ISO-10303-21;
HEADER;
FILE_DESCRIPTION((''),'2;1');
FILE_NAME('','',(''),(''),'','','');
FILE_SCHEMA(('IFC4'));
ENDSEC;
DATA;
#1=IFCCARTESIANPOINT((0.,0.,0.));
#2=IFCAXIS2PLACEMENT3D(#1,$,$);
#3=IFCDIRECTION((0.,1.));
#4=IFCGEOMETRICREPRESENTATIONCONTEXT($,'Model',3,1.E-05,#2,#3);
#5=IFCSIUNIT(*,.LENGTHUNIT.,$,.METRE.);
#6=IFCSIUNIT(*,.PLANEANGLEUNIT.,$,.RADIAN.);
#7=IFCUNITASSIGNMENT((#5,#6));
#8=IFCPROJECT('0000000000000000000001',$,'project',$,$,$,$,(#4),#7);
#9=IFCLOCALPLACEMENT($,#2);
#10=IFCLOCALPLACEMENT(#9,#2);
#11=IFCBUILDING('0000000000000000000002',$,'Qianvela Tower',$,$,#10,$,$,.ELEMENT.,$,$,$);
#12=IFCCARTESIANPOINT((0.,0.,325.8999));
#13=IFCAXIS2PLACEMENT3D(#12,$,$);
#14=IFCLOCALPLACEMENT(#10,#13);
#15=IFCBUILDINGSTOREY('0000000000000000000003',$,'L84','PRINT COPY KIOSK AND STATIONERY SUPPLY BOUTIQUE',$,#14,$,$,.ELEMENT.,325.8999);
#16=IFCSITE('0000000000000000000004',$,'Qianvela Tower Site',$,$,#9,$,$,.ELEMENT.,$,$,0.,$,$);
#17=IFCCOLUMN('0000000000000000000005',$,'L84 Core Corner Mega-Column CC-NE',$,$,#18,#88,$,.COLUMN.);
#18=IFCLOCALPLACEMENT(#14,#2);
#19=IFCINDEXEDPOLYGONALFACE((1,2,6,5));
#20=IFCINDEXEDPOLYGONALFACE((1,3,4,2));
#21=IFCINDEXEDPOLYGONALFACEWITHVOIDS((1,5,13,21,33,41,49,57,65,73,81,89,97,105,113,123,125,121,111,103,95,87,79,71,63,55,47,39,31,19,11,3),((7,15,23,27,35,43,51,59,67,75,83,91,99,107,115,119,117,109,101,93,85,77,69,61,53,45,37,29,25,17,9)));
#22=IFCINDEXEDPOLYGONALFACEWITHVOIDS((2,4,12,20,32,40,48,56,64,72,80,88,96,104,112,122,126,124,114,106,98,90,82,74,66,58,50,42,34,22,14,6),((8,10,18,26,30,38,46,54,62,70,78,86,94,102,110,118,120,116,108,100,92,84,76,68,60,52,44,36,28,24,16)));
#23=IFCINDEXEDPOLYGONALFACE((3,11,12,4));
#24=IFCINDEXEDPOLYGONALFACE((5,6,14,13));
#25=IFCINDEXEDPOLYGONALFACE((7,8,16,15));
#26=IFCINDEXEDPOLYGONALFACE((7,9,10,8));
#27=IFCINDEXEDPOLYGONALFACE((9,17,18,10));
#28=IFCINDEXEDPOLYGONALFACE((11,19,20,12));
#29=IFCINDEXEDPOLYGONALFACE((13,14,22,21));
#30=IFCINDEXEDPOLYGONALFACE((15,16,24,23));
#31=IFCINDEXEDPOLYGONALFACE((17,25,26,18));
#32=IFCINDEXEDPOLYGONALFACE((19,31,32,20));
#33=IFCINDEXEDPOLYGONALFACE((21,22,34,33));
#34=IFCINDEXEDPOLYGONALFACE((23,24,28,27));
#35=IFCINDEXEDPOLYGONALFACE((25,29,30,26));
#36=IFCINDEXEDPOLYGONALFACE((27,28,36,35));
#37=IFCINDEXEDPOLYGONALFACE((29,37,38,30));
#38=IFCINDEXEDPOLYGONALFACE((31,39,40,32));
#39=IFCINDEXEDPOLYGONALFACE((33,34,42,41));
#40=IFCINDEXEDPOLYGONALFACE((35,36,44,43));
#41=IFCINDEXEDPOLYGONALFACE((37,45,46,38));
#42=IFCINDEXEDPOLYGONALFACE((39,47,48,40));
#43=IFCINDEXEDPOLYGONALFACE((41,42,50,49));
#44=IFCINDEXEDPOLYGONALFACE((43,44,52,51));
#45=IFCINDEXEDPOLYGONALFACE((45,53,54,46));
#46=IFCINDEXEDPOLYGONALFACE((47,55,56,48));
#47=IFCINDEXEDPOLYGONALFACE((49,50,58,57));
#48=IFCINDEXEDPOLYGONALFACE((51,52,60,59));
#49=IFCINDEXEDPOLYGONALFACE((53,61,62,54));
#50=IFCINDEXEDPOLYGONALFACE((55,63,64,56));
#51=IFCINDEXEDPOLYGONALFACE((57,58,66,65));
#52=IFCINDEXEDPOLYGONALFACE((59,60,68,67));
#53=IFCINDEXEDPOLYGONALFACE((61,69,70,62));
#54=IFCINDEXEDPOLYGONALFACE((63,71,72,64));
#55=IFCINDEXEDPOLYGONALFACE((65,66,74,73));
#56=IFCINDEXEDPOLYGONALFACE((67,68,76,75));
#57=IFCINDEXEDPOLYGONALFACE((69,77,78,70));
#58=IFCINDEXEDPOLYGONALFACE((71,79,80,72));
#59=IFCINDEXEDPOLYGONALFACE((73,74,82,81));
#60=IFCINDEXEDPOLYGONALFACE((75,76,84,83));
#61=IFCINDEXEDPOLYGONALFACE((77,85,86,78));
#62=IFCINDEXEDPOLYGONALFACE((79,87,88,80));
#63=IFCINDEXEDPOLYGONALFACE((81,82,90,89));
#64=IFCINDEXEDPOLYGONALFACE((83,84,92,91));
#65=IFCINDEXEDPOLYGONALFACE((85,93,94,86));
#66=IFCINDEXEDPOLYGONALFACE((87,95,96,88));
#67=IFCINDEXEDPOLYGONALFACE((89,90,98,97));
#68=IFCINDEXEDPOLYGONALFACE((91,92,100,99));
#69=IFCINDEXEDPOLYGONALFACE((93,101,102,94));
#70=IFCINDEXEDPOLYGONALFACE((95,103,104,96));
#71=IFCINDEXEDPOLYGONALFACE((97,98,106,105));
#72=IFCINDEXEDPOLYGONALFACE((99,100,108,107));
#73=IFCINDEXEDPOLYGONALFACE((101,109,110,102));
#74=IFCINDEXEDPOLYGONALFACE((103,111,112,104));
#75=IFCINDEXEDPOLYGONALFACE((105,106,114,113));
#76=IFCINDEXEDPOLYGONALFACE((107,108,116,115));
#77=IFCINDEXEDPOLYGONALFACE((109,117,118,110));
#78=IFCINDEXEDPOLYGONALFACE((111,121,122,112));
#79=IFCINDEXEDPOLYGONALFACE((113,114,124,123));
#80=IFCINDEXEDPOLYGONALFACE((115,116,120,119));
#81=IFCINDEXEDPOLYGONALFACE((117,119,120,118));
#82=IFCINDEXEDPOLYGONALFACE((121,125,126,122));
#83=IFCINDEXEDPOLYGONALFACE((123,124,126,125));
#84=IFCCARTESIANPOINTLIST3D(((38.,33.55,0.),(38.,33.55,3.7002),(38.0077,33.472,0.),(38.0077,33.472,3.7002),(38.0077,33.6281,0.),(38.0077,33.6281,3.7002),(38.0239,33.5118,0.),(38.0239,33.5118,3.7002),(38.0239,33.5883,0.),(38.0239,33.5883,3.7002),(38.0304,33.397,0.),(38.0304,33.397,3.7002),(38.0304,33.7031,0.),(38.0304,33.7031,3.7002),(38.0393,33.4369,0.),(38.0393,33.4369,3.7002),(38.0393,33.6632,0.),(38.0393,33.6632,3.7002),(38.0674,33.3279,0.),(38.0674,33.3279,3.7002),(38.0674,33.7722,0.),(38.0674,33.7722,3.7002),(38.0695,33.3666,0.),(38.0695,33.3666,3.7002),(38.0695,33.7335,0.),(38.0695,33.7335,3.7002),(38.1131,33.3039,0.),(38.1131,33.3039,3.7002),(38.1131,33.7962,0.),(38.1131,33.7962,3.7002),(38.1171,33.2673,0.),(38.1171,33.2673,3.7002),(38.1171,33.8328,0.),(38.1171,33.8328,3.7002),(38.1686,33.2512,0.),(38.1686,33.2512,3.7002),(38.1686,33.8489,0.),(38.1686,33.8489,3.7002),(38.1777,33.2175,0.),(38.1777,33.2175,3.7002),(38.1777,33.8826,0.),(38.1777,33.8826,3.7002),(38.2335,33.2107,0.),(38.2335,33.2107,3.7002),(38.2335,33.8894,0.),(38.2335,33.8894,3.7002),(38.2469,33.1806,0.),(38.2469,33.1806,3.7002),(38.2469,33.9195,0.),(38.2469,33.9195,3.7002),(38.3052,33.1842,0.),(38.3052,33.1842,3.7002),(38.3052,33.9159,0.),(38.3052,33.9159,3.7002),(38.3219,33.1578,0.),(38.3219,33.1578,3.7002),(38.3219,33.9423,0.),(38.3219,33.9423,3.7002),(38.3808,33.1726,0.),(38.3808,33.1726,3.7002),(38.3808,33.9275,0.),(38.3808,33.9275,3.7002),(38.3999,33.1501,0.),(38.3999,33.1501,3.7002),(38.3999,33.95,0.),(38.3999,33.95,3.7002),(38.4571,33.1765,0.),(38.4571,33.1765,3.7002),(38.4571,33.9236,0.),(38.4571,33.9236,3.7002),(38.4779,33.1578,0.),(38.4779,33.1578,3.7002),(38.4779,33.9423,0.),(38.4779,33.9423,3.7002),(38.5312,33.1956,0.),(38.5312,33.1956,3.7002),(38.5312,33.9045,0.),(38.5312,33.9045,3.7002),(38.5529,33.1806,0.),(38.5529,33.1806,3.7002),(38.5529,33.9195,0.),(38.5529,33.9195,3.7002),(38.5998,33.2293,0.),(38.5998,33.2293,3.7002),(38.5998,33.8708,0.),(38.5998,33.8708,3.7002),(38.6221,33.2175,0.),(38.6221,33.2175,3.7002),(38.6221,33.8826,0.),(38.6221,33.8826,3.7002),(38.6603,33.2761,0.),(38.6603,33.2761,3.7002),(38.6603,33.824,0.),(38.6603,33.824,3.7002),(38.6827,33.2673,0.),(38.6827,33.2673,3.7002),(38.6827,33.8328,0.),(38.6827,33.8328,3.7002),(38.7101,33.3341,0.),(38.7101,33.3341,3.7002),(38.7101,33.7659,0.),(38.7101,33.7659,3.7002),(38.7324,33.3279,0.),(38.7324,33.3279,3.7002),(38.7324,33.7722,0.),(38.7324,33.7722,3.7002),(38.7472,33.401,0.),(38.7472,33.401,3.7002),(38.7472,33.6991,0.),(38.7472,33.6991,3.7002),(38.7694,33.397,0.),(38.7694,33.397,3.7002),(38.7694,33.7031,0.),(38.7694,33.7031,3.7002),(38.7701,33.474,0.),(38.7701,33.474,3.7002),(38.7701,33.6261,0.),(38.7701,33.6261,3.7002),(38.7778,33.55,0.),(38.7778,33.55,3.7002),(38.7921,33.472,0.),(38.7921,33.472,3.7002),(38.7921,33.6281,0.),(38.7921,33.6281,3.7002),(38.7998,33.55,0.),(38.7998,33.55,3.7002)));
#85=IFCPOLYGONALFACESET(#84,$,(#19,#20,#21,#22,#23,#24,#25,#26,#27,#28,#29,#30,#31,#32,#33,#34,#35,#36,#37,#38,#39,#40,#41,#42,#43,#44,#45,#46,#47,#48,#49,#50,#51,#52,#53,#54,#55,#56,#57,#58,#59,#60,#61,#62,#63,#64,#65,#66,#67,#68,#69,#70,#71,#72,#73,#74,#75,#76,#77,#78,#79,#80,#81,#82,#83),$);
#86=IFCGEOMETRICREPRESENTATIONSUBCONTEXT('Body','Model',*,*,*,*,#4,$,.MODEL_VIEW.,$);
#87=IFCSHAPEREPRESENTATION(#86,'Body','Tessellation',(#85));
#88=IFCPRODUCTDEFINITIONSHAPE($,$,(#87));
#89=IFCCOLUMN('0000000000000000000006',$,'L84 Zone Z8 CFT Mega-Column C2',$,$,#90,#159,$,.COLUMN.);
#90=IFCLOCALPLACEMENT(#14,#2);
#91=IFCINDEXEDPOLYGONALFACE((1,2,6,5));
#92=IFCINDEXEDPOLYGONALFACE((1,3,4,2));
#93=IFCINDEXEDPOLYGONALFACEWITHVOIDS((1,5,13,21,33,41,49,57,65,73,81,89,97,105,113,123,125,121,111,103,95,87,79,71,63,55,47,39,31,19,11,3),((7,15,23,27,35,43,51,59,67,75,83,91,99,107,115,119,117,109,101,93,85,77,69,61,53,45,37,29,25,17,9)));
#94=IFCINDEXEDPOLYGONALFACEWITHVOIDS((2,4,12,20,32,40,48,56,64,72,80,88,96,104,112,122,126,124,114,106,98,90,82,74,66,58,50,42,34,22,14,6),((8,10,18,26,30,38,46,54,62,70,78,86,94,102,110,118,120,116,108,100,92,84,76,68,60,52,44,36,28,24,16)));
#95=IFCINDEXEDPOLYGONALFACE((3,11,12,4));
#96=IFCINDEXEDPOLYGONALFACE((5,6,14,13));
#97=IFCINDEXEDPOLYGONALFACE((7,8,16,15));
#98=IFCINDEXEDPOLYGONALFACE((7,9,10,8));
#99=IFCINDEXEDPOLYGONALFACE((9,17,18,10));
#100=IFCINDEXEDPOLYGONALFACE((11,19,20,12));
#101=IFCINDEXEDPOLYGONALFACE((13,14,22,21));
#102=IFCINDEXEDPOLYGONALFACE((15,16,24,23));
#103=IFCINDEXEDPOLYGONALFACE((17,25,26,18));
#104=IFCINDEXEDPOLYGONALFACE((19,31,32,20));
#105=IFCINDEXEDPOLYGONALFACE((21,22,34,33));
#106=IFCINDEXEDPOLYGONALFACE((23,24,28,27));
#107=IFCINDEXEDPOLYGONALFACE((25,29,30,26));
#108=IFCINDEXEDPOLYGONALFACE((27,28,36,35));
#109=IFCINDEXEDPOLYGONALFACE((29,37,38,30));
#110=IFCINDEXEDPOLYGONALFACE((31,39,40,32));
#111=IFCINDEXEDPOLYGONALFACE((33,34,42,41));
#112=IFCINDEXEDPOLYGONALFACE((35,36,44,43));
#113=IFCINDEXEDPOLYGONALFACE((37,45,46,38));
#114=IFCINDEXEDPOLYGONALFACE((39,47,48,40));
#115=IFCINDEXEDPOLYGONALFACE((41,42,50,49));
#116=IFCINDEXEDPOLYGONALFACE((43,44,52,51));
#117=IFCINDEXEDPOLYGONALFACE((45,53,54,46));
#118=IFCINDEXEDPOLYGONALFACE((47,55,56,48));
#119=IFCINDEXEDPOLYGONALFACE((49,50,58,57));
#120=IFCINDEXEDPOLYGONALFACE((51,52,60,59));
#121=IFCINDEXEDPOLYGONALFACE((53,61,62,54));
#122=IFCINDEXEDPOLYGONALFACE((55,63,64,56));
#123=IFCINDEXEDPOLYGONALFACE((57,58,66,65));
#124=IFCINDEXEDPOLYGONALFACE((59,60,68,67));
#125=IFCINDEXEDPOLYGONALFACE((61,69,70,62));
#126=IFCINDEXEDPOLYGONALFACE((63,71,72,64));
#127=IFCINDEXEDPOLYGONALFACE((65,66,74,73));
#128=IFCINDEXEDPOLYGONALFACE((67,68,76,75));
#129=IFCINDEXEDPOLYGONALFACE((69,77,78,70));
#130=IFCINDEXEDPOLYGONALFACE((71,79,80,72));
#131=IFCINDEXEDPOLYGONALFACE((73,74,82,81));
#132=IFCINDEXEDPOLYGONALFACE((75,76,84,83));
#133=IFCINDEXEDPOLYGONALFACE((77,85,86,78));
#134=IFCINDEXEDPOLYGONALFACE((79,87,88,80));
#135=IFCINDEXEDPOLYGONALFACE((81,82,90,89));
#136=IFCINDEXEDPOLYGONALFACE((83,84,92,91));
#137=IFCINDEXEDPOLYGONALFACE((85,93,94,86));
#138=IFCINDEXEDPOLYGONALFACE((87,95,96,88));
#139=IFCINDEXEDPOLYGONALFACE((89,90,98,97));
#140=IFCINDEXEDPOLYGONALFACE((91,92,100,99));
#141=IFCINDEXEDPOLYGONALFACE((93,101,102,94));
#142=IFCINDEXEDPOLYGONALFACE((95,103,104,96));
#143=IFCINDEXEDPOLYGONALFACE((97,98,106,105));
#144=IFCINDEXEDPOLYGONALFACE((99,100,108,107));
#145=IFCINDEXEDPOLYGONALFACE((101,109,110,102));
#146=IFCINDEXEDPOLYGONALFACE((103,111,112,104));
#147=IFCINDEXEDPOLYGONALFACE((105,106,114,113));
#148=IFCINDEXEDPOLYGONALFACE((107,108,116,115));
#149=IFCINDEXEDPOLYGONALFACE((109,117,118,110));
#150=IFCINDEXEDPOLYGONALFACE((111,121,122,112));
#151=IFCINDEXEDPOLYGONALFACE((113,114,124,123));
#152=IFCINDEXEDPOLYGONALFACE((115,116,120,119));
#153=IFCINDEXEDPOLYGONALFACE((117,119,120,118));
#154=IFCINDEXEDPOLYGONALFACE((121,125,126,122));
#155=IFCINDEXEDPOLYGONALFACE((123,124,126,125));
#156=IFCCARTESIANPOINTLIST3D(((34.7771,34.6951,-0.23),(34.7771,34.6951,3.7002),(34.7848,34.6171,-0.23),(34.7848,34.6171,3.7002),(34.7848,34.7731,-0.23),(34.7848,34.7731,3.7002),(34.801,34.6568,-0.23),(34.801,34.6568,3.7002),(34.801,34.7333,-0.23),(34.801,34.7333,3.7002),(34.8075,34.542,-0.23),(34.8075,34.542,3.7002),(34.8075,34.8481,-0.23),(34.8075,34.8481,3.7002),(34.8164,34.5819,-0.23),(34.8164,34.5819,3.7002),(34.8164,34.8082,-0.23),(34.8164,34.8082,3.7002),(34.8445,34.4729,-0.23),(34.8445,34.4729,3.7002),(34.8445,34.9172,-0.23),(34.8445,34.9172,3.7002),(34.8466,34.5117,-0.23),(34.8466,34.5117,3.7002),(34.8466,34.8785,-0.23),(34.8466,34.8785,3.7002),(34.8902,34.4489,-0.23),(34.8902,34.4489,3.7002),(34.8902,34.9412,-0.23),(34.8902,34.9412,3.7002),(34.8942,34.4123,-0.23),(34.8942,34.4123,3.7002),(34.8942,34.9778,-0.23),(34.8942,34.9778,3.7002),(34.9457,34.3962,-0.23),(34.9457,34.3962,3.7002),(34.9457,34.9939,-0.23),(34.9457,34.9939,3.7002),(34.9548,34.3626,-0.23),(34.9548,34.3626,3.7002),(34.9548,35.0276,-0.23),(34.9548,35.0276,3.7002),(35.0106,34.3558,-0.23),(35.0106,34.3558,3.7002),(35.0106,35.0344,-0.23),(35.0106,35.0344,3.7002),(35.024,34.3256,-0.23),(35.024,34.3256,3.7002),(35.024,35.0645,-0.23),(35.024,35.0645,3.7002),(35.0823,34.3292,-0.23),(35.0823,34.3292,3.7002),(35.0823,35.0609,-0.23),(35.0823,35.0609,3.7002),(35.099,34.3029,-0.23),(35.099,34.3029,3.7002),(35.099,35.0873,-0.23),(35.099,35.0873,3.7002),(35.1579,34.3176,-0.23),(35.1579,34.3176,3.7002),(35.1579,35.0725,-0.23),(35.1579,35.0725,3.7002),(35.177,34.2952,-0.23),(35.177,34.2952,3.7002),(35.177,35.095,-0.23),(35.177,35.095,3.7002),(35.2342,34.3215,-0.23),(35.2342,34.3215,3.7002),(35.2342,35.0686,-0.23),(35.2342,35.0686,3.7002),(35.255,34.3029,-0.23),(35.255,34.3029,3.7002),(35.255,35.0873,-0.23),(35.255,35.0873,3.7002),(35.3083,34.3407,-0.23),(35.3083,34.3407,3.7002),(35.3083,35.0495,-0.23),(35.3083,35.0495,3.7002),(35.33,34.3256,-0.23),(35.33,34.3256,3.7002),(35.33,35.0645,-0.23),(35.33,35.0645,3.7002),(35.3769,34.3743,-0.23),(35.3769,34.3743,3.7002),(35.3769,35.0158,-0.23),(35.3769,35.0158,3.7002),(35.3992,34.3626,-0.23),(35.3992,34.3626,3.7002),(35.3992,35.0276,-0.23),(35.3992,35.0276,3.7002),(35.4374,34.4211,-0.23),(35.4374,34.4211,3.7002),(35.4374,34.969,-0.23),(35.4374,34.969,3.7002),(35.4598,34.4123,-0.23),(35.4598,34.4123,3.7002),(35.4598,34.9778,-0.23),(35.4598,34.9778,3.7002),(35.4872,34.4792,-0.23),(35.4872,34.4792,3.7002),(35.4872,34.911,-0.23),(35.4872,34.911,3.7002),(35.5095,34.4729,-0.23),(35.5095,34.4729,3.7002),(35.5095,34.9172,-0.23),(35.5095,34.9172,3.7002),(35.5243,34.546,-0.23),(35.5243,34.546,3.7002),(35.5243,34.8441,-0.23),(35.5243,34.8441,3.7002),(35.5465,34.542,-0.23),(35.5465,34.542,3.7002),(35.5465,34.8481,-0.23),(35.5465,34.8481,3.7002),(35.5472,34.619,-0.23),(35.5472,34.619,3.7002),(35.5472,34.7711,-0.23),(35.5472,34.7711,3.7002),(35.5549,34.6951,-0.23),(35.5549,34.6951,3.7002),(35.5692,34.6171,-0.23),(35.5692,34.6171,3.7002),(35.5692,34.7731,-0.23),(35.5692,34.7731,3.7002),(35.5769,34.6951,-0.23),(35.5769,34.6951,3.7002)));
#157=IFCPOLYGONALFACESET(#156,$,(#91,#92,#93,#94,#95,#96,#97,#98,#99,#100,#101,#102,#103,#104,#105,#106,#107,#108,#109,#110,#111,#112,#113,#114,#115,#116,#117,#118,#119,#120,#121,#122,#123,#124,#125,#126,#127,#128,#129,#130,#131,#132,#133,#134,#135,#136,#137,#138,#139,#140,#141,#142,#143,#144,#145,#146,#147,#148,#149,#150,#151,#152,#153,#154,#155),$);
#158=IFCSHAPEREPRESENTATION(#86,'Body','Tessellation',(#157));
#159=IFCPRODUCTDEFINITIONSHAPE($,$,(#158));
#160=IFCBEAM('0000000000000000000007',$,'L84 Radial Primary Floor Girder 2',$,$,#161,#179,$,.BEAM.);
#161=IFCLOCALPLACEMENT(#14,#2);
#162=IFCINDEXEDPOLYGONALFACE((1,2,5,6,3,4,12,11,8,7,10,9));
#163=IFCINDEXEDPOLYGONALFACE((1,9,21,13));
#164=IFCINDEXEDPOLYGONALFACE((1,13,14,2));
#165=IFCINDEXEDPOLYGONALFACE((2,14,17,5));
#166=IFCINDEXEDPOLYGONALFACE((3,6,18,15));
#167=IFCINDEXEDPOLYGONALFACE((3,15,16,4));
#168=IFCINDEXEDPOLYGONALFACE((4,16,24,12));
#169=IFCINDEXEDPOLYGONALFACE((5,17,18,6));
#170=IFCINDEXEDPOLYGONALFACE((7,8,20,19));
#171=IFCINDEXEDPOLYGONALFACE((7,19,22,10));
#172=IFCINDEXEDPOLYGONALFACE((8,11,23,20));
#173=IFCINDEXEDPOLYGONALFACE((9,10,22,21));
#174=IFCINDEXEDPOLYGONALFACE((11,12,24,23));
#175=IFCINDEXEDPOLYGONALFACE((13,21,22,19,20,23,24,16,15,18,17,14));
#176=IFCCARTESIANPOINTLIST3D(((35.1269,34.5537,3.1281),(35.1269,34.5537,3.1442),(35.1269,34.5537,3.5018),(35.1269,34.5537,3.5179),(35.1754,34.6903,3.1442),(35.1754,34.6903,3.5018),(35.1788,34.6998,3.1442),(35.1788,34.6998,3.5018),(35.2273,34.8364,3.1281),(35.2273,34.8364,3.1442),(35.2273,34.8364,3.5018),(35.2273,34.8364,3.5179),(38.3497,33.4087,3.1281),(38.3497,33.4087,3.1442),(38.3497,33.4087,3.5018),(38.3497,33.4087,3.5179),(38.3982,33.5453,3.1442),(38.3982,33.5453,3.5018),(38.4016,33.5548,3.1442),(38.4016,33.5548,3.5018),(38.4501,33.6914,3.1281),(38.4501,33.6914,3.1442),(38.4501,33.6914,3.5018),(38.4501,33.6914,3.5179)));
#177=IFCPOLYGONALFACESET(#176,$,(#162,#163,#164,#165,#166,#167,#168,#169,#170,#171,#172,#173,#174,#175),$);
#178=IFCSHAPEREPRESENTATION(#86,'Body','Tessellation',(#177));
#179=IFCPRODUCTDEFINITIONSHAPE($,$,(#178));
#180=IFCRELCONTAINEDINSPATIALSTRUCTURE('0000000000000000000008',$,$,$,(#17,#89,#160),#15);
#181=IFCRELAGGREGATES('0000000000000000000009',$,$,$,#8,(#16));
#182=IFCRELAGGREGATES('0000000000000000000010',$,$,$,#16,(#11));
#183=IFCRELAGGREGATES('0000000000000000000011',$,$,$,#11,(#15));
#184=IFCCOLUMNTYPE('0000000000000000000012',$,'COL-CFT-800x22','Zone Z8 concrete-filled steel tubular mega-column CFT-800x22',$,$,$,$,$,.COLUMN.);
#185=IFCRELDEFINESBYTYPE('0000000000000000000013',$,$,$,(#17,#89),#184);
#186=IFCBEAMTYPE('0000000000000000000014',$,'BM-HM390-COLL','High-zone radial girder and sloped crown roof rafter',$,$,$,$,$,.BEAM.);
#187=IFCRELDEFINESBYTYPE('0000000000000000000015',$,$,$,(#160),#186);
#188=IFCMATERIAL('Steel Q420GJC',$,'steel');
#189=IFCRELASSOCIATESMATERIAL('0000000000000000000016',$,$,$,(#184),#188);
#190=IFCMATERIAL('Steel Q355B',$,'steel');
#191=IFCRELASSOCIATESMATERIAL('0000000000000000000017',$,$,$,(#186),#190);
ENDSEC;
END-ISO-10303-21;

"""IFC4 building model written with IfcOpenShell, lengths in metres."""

from ifc_helpers import new_model, si_unit, direction, frame, origin, origin_2d, place, context, subcontext, project, spatial, hollow_circle, i_section, extrude, material, material_profile, profile_set, type_object, element, save


model = new_model("IFC4")

# Units and contexts
model_context = context("Model", 3, precision=1e-05, world=origin(), true_north=direction((0.0, 1.0)))
body_context = subcontext(model_context, "Body", "Model", "MODEL_VIEW")
ifc_project = project(units=[si_unit("LENGTHUNIT", "METRE"), si_unit("PLANEANGLEUNIT", "RADIAN")], contexts=[model_context])

# Site, building, storey
site_placement = place(None, origin())
site = spatial("IfcSite", under=ifc_project, at=site_placement, Name="Qianvela Tower Site", CompositionType="ELEMENT", RefElevation=0.0)
building_placement = place(site_placement, origin())
building = spatial("IfcBuilding", under=site, at=building_placement, Name="Qianvela Tower", CompositionType="ELEMENT")
storey_placement = place(building_placement, frame((0.0, 0.0, 325.8999)))
storey = spatial("IfcBuildingStorey", under=building, at=storey_placement, Name="L84", Description="PRINT COPY KIOSK AND STATIONERY SUPPLY BOUTIQUE", CompositionType="ELEMENT", Elevation=325.8999)

# Columns
ifc_material_1 = material(Name="Steel Q420GJC", Category="steel")
ifc_material_profile_1 = material_profile(ifc_material_1, hollow_circle(Radius=0.3999, WallThickness=0.022, at=origin_2d()), Name="CFT-800x22")
ifc_profile_set_1 = profile_set([ifc_material_profile_1], Name="Steel Q420GJC")
column_type = type_object("IfcColumnType", Name="COL-CFT-800x22", Description="Zone Z8 concrete-filled steel tubular mega-column CFT-800x22", PredefinedType="COLUMN", material=ifc_profile_set_1)
column_1_placement = place(storey_placement, frame((38.3999, 33.55, 0.0), z_axis=(0.0, 0.0, 1.0), x_axis=(1.0, 0.0, 0.0)))
element("IfcColumn", 1, at=column_1_placement, inside=storey, type_object=column_type, Name="L84 Core Corner Mega-Column CC-NE", PredefinedType="COLUMN", context=body_context, shape_type="SweptSolid", body=[
    extrude(hollow_circle(Radius=0.3999, WallThickness=0.022, at=origin_2d()), origin(), (0.0, 0.0, 1.0), 3.7002),
])
column_2_placement = place(storey_placement, frame((35.177, 34.6951, -0.23), z_axis=(0.0, 0.0, 1.0), x_axis=(1.0, 0.0, 0.0)))
element("IfcColumn", 2, at=column_2_placement, inside=storey, type_object=column_type, Name="L84 Zone Z8 CFT Mega-Column C2", PredefinedType="COLUMN", context=body_context, shape_type="SweptSolid", body=[
    extrude(hollow_circle(Radius=0.3999, WallThickness=0.022, at=origin_2d()), origin(), (0.0, 0.0, 1.0), 3.9302),
])

# Beam
ifc_material_2 = material(Name="Steel Q355B", Category="steel")
ifc_material_profile_2 = material_profile(ifc_material_2, i_section(OverallWidth=0.3, OverallDepth=0.3899, WebThickness=0.01, FlangeThickness=0.0161, at=origin_2d()), Name="HM390x300x10x16")
ifc_profile_set_2 = profile_set([ifc_material_profile_2], Name="Steel Q355B")
beam_type_1 = type_object("IfcBeamType", Name="BM-HM390-COLL", Description="High-zone radial girder and sloped crown roof rafter", PredefinedType="BEAM", material=ifc_profile_set_2)
beam_1_placement = place(storey_placement, frame((38.3999, 33.55, 3.323), z_axis=(-0.942298, 0.334776, 0.0), x_axis=(-0.334776, -0.942298, 0.0)))
element("IfcBeam", 3, at=beam_1_placement, inside=storey, type_object=beam_type_1, Name="L84 Radial Primary Floor Girder 2", PredefinedType="BEAM", context=body_context, shape_type="SweptSolid", body=[
    extrude(i_section(OverallWidth=0.3, OverallDepth=0.3899, WebThickness=0.01, FlangeThickness=0.0161, at=origin_2d()), origin(), (0.0, 0.0, 1.0), 3.4202),
])

save(model, "model.ifc")
